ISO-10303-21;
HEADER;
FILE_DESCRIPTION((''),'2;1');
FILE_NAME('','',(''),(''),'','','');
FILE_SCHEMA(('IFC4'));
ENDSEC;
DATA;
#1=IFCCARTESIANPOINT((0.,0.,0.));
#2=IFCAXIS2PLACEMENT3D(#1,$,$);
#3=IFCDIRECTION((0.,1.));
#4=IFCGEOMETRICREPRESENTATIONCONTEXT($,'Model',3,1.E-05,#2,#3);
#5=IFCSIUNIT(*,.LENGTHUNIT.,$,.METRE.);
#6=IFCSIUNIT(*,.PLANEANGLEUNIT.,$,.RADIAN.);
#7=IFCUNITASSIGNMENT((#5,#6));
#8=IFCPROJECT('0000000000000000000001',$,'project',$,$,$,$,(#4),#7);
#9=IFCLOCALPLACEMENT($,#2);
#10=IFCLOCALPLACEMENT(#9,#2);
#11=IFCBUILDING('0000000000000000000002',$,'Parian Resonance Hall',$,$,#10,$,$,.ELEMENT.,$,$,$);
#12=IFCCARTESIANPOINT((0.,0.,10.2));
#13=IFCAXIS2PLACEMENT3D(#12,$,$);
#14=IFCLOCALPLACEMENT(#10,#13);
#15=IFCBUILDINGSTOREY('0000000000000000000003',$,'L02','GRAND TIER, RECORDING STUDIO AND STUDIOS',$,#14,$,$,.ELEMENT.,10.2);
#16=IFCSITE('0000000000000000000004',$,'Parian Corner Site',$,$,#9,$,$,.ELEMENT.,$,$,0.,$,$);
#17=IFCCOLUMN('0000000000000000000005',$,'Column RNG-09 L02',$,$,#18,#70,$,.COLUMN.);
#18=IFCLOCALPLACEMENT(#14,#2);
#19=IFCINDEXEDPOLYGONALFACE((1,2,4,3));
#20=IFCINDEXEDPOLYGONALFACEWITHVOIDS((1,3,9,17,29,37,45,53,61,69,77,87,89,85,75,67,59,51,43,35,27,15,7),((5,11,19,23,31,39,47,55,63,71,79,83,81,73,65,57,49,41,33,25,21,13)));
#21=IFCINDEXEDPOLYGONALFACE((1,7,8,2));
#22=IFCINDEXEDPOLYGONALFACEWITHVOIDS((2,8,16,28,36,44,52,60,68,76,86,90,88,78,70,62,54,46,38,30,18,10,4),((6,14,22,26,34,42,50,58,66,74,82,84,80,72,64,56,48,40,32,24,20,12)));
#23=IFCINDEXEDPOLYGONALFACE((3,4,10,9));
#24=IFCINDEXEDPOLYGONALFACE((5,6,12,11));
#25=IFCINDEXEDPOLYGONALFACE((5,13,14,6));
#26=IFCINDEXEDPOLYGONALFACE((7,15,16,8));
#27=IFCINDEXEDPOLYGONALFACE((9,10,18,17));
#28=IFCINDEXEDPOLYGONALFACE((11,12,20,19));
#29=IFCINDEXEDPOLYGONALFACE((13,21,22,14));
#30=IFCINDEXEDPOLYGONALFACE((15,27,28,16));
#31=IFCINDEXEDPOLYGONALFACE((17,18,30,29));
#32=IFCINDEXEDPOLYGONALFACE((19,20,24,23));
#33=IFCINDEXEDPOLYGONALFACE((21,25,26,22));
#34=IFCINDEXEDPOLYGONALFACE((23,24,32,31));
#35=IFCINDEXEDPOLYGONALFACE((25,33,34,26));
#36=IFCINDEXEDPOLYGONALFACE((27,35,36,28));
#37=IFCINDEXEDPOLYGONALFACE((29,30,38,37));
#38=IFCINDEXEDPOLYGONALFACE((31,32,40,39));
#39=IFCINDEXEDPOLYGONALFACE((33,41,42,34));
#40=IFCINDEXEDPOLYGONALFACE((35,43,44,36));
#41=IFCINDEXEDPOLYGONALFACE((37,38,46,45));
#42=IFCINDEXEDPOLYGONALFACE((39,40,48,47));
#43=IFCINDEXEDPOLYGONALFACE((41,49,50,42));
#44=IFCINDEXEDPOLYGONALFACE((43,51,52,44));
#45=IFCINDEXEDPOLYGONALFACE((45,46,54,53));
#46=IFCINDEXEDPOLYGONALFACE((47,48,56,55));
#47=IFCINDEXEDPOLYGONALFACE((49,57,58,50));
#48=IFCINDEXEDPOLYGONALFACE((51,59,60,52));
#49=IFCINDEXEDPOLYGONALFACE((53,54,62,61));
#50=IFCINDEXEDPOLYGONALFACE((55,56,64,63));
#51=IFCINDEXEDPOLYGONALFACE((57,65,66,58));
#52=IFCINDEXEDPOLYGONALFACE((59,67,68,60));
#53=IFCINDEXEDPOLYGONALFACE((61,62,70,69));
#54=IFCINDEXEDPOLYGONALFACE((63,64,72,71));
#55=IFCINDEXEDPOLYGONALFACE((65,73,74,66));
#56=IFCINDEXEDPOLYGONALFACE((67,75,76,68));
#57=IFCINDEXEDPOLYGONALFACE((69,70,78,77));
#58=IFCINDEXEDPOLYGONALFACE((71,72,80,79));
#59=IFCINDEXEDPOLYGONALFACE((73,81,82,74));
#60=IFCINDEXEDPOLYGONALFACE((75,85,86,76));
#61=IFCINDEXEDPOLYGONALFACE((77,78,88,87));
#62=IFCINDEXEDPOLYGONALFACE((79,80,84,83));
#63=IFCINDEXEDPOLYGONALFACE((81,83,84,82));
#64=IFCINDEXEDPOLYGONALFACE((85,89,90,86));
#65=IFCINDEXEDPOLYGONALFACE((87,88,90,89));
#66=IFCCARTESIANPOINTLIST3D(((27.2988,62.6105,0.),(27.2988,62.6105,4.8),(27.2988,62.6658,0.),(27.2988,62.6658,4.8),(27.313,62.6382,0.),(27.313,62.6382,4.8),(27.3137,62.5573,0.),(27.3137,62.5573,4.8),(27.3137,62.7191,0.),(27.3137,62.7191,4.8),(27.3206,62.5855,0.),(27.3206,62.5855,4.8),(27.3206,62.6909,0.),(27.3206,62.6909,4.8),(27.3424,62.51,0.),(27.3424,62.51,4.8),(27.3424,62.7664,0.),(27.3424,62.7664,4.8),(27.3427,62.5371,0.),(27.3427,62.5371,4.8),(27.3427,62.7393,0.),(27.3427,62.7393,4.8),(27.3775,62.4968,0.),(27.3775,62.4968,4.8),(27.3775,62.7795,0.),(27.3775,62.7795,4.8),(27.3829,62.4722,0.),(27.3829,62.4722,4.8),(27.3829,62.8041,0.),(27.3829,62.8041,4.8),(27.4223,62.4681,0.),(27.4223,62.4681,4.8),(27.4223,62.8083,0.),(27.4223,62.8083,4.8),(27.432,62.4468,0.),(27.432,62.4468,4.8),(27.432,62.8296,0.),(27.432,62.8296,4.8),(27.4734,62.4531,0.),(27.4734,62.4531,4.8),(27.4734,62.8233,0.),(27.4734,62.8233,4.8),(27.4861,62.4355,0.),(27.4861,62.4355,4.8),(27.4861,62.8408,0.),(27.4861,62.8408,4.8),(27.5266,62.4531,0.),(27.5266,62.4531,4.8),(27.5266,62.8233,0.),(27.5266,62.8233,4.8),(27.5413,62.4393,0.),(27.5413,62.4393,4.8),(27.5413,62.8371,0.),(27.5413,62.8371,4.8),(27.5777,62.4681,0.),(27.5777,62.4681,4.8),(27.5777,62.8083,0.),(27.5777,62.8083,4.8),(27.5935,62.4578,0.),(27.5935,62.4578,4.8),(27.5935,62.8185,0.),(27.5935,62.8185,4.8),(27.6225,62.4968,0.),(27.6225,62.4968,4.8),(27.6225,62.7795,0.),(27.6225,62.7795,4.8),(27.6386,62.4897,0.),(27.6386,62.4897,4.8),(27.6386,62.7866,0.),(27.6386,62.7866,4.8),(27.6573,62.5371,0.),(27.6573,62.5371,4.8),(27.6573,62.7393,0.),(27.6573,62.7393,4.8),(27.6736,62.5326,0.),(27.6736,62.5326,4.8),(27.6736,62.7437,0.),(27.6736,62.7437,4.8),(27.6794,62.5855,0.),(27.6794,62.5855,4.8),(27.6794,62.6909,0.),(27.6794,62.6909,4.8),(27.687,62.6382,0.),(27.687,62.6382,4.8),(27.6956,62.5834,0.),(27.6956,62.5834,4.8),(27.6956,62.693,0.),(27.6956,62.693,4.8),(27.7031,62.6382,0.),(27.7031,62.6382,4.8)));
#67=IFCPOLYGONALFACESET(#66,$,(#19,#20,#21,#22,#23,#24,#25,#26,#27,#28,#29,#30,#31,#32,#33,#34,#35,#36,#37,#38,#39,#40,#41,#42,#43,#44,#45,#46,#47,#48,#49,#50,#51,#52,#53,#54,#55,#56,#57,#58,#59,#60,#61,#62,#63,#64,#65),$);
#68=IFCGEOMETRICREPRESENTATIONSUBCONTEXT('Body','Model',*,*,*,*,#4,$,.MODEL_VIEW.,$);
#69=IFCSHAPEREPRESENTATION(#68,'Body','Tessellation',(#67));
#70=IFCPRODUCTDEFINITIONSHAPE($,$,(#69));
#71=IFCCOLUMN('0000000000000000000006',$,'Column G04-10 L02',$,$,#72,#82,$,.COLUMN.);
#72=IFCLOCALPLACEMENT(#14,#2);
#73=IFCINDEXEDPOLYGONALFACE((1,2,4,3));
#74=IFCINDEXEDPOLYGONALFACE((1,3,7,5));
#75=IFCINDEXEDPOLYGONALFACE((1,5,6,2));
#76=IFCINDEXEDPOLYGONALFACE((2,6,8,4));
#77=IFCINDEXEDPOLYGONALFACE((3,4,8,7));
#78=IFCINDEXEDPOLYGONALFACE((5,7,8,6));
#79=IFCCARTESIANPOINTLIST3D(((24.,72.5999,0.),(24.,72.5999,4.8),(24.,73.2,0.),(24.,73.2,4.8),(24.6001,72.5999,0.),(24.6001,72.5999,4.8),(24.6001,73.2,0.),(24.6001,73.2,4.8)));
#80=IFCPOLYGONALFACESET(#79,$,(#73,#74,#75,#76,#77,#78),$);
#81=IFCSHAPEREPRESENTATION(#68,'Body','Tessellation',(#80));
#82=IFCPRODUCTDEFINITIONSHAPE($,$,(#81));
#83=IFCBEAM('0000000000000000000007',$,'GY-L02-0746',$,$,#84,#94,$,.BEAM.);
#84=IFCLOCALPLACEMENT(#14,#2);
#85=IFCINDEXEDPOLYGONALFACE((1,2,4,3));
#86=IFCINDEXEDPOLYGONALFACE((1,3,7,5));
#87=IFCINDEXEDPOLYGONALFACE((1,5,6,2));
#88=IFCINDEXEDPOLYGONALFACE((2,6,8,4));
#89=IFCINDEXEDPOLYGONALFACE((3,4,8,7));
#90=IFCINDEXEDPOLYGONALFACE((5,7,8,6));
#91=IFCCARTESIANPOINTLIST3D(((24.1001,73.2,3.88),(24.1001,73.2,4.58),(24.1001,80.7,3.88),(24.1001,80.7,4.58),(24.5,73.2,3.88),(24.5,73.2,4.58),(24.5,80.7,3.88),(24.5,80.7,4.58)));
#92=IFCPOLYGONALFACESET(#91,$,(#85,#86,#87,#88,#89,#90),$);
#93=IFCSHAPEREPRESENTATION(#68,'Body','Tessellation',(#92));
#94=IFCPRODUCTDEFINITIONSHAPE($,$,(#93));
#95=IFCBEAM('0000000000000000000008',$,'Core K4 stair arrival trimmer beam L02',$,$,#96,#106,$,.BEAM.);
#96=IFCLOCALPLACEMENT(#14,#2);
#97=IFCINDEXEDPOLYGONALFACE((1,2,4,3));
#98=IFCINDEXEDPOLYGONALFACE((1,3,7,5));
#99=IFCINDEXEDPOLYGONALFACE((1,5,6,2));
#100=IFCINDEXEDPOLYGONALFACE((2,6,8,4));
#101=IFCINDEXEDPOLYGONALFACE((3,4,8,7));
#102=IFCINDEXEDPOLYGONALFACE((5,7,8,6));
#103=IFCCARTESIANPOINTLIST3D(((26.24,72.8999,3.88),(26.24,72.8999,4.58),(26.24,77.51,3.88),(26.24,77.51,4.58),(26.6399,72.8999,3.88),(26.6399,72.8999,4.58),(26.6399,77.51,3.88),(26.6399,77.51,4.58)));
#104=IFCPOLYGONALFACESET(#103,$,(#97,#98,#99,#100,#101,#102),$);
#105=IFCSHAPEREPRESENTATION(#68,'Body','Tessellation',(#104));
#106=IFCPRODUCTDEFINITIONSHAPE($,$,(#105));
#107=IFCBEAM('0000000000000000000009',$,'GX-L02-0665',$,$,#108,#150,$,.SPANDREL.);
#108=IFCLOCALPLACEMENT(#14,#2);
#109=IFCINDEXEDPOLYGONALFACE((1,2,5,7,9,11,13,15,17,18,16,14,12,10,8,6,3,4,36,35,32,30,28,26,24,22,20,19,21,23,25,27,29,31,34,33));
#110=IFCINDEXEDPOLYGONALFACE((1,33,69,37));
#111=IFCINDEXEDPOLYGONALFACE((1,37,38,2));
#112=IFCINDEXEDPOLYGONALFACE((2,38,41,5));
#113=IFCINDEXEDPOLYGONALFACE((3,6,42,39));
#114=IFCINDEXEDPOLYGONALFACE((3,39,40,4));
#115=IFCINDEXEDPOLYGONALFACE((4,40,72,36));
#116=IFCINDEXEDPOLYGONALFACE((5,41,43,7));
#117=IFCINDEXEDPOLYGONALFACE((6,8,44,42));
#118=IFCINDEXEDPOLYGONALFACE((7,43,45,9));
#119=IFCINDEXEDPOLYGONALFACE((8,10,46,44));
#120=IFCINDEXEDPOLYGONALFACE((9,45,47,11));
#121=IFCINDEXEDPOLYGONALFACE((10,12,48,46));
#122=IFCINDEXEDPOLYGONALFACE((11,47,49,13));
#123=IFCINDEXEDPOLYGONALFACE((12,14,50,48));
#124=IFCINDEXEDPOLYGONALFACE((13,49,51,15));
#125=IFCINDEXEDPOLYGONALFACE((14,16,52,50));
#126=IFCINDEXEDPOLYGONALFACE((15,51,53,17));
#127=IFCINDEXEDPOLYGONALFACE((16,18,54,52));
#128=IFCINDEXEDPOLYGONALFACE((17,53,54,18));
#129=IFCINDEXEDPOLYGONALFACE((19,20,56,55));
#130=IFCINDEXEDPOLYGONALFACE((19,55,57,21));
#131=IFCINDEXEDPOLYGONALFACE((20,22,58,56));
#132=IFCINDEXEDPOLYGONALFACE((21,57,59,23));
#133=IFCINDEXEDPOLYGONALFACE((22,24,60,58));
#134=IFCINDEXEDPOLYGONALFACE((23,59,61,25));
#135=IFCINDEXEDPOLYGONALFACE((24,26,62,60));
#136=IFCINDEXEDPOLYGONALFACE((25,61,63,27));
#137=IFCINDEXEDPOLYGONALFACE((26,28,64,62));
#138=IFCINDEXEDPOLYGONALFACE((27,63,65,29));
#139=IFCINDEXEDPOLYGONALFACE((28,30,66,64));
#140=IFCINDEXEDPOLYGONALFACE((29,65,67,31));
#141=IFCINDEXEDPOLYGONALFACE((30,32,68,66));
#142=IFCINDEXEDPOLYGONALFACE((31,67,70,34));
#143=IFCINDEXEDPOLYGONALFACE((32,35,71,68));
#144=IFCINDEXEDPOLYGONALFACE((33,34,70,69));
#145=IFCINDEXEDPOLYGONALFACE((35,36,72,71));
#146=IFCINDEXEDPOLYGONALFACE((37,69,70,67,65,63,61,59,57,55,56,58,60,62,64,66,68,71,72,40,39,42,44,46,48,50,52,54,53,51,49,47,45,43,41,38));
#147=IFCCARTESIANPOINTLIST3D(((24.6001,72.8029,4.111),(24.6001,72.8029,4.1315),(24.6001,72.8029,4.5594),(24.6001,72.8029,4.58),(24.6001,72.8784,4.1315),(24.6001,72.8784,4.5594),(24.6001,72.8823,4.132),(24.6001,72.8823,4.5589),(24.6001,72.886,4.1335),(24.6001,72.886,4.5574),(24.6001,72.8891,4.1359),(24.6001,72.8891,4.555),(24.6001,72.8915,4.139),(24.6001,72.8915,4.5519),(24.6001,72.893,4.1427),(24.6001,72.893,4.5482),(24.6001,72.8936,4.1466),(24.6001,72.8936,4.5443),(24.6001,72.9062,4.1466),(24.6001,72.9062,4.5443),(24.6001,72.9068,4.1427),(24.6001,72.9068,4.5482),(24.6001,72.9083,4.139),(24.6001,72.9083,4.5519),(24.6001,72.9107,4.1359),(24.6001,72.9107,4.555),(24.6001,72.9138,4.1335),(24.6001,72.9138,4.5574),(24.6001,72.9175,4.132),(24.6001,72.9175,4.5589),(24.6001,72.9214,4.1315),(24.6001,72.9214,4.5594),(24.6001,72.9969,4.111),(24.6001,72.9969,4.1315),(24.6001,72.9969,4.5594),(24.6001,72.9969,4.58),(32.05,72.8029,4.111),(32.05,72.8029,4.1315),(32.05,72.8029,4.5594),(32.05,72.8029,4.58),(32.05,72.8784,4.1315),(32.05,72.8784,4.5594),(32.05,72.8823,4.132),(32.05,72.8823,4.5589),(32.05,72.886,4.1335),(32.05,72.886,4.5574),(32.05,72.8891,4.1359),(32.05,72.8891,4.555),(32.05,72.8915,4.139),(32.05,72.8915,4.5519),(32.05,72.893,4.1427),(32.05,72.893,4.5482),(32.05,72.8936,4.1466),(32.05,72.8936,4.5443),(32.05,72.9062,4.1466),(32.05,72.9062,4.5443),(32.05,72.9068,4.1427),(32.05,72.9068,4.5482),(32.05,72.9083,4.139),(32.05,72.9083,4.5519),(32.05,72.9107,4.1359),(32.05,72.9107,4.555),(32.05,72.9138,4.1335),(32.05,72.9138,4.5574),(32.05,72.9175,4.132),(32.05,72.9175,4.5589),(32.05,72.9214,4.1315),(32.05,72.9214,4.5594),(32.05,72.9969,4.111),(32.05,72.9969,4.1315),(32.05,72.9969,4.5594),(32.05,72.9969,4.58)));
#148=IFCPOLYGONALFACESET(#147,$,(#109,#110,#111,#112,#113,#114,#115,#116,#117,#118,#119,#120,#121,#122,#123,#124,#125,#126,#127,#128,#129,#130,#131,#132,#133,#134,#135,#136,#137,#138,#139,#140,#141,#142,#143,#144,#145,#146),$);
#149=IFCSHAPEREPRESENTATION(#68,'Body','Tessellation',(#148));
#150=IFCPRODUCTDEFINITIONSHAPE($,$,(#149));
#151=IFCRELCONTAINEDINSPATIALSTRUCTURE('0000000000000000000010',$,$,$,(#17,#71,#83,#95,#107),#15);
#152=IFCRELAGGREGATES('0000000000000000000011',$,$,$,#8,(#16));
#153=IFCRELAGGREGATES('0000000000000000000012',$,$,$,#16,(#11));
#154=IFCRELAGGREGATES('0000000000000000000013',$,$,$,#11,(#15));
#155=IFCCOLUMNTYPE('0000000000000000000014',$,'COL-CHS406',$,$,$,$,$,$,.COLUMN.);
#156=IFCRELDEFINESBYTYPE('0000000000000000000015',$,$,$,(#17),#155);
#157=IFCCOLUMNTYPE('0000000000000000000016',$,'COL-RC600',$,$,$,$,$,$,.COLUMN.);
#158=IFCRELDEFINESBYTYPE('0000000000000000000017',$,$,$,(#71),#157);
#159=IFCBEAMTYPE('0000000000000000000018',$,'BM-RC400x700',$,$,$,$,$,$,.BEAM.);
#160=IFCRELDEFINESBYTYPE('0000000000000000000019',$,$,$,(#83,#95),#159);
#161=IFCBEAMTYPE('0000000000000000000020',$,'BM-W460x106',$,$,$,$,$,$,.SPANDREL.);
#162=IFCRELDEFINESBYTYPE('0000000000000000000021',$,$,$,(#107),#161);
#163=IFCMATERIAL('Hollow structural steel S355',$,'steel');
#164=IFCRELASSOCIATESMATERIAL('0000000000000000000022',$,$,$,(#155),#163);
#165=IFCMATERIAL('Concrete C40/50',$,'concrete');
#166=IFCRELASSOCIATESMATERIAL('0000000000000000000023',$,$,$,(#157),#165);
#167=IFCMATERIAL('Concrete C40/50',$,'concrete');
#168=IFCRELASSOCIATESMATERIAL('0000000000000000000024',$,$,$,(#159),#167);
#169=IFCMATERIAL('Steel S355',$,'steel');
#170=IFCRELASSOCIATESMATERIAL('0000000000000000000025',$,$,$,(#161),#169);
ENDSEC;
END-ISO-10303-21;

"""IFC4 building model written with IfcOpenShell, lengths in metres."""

from ifc_helpers import new_model, si_unit, direction, frame, origin, origin_2d, place, context, subcontext, project, spatial, rectangle, hollow_circle, i_section, extrude, material, material_profile, profile_set, type_object, element, save


model = new_model("IFC4")

# Units and contexts
model_context = context("Model", 3, precision=1e-05, world=origin(), true_north=direction((0.0, 1.0)))
body_context = subcontext(model_context, "Body", "Model", "MODEL_VIEW")
ifc_project = project(units=[si_unit("LENGTHUNIT", "METRE"), si_unit("PLANEANGLEUNIT", "RADIAN")], contexts=[model_context])

# Site, building, storey
site_placement = place(None, origin())
site = spatial("IfcSite", under=ifc_project, at=site_placement, Name="Parian Corner Site", CompositionType="ELEMENT", RefElevation=0.0)
building_placement = place(site_placement, origin())
building = spatial("IfcBuilding", under=site, at=building_placement, Name="Parian Resonance Hall", CompositionType="ELEMENT")
storey_placement = place(building_placement, frame((0.0, 0.0, 10.2)))
storey = spatial("IfcBuildingStorey", under=building, at=storey_placement, Name="L02", Description="GRAND TIER, RECORDING STUDIO AND STUDIOS", CompositionType="ELEMENT", Elevation=10.2)

# Columns
ifc_material_1 = material(Name="Hollow structural steel S355", Category="steel")
ifc_material_profile_1 = material_profile(ifc_material_1, hollow_circle(Radius=0.2031, WallThickness=0.0161, at=origin_2d()), Name="CHS406.4x16")
ifc_profile_set_1 = profile_set([ifc_material_profile_1], Name="Hollow structural steel S355")
column_type_1 = type_object("IfcColumnType", Name="COL-CHS406", PredefinedType="COLUMN", material=ifc_profile_set_1)
column_1_placement = place(storey_placement, frame((27.5, 62.6382, 0.0), z_axis=(0.0, 0.0, 1.0), x_axis=(1.0, 0.0, 0.0)))
element("IfcColumn", 1, at=column_1_placement, inside=storey, type_object=column_type_1, Name="Column RNG-09 L02", PredefinedType="COLUMN", context=body_context, shape_type="SweptSolid", body=[
    extrude(hollow_circle(Radius=0.2031, WallThickness=0.0161, at=origin_2d()), origin(), (0.0, 0.0, 1.0), 4.8),
])
ifc_material_2 = material(Name="Concrete C40/50", Category="concrete")
ifc_material_profile_2 = material_profile(ifc_material_2, rectangle(XDim=0.6001, YDim=0.6001, at=origin_2d()), Name="RC-COL-600x600")
ifc_profile_set_2 = profile_set([ifc_material_profile_2], Name="Concrete C40/50")
column_type_2 = type_object("IfcColumnType", Name="COL-RC600", PredefinedType="COLUMN", material=ifc_profile_set_2)
column_2_placement = place(storey_placement, frame((24.3, 72.8999, 0.0), z_axis=(0.0, 0.0, 1.0), x_axis=(1.0, 0.0, 0.0)))
element("IfcColumn", 2, at=column_2_placement, inside=storey, type_object=column_type_2, Name="Column G04-10 L02", PredefinedType="COLUMN", context=body_context, shape_type="SweptSolid", body=[
    extrude(rectangle(XDim=0.6001, YDim=0.6001, at=origin_2d()), origin(), (0.0, 0.0, 1.0), 4.8),
])

# Beams
ifc_material_3 = material(Name="Concrete C40/50", Category="concrete")
ifc_material_profile_3 = material_profile(ifc_material_3, rectangle(XDim=0.3999, YDim=0.7, at=origin_2d()), Name="RC-BM-400x700")
ifc_profile_set_3 = profile_set([ifc_material_profile_3], Name="Concrete C40/50")
beam_type_1 = type_object("IfcBeamType", Name="BM-RC400x700", PredefinedType="BEAM", material=ifc_profile_set_3)
beam_1_placement = place(storey_placement, frame((24.3, 73.2, 4.23), z_axis=(0.0, 1.0, 0.0), x_axis=(-1.0, 0.0, 0.0)))
element("IfcBeam", 3, at=beam_1_placement, inside=storey, type_object=beam_type_1, Name="GY-L02-0746", PredefinedType="BEAM", context=body_context, shape_type="SweptSolid", body=[
    extrude(rectangle(XDim=0.3999, YDim=0.7, at=origin_2d()), origin(), (0.0, 0.0, 1.0), 7.5),
])
beam_2_placement = place(storey_placement, frame((26.4399, 72.8999, 4.23), z_axis=(0.0, 1.0, 0.0), x_axis=(-1.0, 0.0, 0.0)))
element("IfcBeam", 4, at=beam_2_placement, inside=storey, type_object=beam_type_1, Name="Core K4 stair arrival trimmer beam L02", PredefinedType="BEAM", context=body_context, shape_type="SweptSolid", body=[
    extrude(rectangle(XDim=0.3999, YDim=0.7, at=origin_2d()), origin(), (0.0, 0.0, 1.0), 4.6101),
])
ifc_material_4 = material(Name="Steel S355", Category="steel")
ifc_material_profile_4 = material_profile(ifc_material_4, i_section(OverallWidth=0.1941, OverallDepth=0.469, WebThickness=0.0127, FlangeThickness=0.0205, FilletRadius=0.0151, at=origin_2d()), Name="W460x106")
ifc_profile_set_4 = profile_set([ifc_material_profile_4], Name="Steel S355")
beam_type_2 = type_object("IfcBeamType", Name="BM-W460x106", PredefinedType="SPANDREL", material=ifc_profile_set_4)
beam_3_placement = place(storey_placement, frame((24.6001, 72.8999, 4.3455), z_axis=(1.0, 0.0, 0.0), x_axis=(0.0, 1.0, 0.0)))
element("IfcBeam", 5, at=beam_3_placement, inside=storey, type_object=beam_type_2, Name="GX-L02-0665", PredefinedType="SPANDREL", context=body_context, shape_type="SweptSolid", body=[
    extrude(i_section(OverallWidth=0.1941, OverallDepth=0.469, WebThickness=0.0127, FlangeThickness=0.0205, FilletRadius=0.0151, at=origin_2d()), origin(), (0.0, 0.0, 1.0), 7.45),
])

save(model, "model.ifc")
